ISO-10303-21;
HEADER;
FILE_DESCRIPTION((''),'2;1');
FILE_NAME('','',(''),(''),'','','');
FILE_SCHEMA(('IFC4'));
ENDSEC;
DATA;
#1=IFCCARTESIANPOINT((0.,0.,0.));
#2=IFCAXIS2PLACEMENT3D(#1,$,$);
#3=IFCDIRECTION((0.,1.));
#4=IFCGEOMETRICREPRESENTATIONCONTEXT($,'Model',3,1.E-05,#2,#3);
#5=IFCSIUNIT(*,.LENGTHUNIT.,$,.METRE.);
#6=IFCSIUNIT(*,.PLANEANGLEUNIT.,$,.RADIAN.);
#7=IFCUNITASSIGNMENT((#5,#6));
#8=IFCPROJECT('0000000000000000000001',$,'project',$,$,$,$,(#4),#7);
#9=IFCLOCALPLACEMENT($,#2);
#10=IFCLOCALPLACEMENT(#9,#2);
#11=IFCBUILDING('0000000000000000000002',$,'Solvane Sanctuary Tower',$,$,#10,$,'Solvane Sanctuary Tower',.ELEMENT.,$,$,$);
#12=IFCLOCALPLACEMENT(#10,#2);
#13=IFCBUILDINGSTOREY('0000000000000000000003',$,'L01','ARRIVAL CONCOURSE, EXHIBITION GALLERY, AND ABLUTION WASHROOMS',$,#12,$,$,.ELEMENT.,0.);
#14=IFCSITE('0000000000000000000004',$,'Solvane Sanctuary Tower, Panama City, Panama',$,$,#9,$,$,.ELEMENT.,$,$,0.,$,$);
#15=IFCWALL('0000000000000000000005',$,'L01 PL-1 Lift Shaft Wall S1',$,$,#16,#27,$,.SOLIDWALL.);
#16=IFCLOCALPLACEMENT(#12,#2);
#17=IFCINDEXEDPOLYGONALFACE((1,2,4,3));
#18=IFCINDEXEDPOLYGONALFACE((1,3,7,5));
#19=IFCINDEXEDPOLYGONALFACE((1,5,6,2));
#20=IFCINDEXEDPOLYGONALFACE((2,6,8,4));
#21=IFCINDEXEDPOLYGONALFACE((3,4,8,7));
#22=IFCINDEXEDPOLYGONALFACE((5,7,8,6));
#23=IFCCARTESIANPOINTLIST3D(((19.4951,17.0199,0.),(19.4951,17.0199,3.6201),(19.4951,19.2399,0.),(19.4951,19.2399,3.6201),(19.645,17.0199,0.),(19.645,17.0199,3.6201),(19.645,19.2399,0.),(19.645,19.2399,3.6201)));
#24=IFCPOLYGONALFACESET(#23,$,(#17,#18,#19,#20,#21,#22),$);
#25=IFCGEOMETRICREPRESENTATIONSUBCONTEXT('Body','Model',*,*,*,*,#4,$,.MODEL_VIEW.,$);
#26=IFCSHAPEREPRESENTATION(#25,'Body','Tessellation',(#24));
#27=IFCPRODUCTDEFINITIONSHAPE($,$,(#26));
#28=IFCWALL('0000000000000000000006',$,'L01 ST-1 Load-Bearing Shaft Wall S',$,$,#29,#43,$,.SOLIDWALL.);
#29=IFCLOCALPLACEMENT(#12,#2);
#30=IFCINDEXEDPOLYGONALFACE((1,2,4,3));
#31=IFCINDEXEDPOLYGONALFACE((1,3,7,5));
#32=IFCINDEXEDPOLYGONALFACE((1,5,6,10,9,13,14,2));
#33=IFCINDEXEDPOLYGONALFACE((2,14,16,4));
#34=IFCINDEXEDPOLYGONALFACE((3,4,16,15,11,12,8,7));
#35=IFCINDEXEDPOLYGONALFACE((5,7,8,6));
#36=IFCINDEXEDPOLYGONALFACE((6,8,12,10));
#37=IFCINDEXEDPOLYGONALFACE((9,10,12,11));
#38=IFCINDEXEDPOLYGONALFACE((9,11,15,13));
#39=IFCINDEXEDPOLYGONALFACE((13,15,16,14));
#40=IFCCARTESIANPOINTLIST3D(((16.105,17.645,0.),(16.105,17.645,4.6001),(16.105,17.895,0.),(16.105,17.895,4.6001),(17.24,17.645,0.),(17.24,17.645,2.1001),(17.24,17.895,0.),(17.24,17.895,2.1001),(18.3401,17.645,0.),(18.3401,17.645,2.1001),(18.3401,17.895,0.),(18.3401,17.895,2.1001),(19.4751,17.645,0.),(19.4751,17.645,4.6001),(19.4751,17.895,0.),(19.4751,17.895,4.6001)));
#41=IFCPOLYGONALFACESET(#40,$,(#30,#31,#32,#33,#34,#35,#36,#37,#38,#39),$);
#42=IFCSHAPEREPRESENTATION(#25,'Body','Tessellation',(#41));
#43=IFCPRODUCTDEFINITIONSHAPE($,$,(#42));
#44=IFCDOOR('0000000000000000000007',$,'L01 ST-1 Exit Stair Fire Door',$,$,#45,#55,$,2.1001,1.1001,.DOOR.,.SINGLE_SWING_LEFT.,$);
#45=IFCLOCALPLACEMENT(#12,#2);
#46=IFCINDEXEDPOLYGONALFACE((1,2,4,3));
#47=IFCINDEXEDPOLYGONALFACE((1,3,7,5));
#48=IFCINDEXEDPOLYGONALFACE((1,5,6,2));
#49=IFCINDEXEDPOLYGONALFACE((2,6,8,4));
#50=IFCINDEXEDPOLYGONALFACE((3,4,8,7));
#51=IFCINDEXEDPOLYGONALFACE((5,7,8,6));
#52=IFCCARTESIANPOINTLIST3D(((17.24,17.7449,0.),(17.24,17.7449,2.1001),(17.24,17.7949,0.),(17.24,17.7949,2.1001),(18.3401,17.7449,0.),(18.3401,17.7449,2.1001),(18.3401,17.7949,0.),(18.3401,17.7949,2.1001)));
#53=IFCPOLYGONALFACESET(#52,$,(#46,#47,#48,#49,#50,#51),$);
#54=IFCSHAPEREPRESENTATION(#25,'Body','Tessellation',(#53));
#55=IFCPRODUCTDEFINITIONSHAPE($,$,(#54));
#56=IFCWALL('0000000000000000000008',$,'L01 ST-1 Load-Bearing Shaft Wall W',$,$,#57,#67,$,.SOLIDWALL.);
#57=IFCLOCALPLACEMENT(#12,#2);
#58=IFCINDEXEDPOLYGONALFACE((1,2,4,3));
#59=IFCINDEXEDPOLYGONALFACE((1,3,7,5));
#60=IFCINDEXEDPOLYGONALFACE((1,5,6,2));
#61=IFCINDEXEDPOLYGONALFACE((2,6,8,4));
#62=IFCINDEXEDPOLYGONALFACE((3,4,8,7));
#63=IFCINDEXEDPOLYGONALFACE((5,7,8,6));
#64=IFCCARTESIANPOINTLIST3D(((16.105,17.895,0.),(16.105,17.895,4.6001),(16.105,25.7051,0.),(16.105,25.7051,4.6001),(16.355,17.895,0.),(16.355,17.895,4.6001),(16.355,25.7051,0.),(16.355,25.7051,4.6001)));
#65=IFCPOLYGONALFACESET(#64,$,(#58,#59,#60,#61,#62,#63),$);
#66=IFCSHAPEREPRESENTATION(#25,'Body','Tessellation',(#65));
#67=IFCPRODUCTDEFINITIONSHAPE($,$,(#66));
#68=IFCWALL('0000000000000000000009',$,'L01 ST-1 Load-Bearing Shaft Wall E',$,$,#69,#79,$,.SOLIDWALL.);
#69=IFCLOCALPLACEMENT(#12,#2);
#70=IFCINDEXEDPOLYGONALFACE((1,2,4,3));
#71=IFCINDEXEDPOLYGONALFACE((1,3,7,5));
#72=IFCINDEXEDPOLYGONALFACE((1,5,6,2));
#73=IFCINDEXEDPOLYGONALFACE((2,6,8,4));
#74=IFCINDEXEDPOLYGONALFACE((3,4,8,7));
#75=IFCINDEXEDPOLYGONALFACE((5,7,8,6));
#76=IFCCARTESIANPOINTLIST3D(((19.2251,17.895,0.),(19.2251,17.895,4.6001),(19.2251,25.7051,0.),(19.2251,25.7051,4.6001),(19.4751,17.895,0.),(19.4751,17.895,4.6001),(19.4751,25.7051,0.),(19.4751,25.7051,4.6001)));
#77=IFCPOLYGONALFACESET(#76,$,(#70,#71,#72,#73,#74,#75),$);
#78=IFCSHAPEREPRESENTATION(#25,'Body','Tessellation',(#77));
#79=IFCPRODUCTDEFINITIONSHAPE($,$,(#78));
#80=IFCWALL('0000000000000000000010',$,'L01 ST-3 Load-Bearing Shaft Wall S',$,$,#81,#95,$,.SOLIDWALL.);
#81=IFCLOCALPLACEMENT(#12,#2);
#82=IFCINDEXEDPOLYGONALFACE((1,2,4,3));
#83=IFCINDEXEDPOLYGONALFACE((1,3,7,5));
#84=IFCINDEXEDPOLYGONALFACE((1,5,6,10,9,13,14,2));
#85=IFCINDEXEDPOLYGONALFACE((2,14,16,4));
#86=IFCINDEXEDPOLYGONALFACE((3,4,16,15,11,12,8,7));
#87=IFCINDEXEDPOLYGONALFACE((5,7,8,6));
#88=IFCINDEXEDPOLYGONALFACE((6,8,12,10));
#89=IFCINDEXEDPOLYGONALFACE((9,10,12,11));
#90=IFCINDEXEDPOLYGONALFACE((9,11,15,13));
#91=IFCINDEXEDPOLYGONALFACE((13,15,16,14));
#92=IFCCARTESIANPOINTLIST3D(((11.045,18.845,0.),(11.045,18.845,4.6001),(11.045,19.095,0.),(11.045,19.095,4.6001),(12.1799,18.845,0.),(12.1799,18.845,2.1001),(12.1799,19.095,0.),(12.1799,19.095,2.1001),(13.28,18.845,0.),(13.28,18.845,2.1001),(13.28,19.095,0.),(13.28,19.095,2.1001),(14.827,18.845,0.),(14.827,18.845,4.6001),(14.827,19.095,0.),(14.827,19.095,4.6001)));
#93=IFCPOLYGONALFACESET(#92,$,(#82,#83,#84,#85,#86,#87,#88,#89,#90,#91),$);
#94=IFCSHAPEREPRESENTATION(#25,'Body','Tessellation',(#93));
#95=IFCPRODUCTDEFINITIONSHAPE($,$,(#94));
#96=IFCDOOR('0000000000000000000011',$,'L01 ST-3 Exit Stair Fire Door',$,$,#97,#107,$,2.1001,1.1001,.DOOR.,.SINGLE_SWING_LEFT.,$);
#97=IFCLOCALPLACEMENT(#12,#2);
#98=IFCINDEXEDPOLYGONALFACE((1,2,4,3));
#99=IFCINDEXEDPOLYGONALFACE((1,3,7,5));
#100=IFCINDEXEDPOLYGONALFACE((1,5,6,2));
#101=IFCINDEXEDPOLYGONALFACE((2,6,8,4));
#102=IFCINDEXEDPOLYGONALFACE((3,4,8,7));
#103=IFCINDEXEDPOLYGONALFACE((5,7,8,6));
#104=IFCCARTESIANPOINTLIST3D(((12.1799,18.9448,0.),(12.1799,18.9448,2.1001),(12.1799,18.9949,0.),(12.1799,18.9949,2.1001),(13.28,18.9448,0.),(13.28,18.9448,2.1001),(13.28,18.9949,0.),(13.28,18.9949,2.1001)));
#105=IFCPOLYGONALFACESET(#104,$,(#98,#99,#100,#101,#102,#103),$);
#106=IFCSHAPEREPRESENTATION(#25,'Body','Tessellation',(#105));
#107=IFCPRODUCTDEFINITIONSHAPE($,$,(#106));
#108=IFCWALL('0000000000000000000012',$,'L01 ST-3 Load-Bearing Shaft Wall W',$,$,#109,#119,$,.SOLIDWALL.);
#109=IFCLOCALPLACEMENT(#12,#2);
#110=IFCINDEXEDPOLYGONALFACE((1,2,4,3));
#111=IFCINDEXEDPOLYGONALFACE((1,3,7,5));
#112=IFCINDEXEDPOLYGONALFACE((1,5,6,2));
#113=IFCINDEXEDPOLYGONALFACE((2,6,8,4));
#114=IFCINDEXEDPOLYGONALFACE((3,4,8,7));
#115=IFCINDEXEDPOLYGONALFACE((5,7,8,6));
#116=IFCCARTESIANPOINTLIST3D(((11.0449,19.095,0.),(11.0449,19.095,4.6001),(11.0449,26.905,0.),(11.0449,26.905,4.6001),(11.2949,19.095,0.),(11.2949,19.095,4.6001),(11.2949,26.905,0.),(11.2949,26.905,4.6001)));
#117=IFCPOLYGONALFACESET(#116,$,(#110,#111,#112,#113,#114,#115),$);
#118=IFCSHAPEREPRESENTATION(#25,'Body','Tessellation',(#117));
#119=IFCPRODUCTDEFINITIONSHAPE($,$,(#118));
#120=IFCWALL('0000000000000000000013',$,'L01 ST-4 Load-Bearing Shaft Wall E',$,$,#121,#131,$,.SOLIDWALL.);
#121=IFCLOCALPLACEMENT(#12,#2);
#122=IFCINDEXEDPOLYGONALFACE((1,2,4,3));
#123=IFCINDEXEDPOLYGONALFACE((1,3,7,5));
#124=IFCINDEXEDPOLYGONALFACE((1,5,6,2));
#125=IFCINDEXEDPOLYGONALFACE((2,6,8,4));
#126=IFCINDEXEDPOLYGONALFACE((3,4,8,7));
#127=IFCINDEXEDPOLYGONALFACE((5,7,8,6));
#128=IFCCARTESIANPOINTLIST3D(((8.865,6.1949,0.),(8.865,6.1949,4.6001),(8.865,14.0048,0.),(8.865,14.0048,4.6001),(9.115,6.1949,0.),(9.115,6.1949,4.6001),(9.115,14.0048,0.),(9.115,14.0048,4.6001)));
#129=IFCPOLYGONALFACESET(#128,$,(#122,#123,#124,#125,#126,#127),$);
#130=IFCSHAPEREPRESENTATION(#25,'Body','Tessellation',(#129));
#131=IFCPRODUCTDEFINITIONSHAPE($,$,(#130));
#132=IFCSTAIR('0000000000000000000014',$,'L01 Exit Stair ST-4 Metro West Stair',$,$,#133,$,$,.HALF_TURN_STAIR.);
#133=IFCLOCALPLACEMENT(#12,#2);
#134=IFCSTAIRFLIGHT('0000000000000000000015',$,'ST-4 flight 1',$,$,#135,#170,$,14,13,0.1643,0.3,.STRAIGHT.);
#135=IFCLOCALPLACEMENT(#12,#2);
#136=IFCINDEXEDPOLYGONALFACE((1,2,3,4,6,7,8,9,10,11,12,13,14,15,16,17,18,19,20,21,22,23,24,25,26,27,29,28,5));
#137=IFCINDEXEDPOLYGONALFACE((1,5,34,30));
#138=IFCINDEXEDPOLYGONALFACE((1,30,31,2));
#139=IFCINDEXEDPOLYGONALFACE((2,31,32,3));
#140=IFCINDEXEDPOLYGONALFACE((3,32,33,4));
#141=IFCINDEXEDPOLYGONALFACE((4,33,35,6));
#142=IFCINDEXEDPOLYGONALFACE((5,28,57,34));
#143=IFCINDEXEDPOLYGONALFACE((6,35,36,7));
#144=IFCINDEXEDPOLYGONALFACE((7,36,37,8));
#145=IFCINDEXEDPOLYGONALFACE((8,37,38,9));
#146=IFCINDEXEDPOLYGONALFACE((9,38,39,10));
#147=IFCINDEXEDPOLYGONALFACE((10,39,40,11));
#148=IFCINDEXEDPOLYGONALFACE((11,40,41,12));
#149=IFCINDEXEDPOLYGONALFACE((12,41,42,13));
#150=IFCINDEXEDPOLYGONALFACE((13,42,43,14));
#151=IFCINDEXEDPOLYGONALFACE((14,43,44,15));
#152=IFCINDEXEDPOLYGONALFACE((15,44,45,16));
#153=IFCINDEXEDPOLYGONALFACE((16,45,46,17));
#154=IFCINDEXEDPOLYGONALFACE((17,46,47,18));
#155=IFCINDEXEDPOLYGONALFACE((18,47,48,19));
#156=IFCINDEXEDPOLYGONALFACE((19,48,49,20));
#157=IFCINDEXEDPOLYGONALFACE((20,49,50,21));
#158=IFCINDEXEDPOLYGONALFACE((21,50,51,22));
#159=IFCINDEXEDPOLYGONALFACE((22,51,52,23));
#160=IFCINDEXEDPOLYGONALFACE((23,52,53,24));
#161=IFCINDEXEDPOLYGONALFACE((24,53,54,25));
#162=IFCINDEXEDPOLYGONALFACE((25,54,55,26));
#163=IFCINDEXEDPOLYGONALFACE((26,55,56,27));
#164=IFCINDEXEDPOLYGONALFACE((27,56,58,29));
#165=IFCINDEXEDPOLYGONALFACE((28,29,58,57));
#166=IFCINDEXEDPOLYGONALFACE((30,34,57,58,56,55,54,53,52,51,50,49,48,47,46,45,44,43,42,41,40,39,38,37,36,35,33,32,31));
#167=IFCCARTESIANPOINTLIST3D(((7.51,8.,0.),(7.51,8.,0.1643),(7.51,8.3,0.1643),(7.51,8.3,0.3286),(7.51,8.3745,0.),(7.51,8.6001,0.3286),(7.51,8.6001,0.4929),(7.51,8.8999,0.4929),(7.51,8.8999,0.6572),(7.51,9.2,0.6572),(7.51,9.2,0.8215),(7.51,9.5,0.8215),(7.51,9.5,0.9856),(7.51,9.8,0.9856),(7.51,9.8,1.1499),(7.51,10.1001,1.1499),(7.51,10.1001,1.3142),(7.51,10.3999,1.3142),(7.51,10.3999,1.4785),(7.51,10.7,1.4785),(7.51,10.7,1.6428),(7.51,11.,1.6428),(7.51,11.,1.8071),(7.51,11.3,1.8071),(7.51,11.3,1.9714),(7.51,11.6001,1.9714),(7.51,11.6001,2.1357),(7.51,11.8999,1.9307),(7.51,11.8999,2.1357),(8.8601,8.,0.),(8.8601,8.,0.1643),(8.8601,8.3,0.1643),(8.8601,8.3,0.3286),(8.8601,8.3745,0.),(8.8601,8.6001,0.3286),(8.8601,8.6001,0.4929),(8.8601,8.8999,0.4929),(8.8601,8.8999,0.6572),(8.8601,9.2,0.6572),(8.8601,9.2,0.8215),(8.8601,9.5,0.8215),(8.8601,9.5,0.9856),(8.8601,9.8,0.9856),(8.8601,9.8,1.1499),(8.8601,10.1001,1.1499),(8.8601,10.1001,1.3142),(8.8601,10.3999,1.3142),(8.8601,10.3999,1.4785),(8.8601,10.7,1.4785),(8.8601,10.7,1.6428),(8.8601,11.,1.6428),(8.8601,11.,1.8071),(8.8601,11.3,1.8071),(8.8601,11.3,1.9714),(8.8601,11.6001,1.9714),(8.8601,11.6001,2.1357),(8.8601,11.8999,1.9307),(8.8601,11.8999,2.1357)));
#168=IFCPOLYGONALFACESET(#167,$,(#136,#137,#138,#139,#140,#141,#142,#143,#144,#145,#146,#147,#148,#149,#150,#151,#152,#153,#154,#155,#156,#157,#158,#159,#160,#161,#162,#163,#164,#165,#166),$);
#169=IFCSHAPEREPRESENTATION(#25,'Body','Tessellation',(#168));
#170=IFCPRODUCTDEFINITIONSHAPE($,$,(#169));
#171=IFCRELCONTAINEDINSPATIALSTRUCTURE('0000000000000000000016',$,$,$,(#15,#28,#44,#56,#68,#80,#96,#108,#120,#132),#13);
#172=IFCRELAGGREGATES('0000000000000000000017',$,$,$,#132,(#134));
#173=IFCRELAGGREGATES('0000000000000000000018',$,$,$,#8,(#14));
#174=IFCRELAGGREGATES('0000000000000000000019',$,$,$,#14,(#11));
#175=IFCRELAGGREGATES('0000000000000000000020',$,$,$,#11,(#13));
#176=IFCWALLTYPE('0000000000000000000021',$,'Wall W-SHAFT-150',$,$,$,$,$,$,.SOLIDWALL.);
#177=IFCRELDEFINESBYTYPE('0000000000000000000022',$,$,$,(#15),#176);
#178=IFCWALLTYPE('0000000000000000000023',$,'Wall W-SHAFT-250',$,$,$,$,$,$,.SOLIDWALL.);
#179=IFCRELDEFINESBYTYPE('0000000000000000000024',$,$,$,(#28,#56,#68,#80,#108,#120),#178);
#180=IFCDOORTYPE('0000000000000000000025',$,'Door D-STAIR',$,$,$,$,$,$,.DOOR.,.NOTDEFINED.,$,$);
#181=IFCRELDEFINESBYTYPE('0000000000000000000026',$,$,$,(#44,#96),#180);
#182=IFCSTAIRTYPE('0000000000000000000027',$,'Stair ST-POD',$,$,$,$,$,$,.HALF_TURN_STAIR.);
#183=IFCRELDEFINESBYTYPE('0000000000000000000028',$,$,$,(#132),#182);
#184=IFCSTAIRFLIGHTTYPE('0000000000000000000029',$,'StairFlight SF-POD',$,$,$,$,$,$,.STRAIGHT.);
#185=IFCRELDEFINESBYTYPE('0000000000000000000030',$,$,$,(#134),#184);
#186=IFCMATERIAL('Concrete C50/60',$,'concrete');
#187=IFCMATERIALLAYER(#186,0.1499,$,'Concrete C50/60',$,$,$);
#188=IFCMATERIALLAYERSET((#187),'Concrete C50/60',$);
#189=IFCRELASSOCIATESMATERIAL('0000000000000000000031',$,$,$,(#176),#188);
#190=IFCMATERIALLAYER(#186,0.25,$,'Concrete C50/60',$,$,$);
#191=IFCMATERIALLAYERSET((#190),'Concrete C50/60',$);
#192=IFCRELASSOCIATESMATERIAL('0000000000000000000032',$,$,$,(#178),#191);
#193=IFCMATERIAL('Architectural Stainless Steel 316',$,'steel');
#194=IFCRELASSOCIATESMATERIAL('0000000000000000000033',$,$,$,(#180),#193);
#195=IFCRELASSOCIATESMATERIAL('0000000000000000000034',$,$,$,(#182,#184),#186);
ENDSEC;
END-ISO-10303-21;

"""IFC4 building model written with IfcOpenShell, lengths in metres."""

from ifc_helpers import new_model, si_unit, direction, frame, frame_2d, origin, place, context, subcontext, project, spatial, polyline, rectangle, outline, extrude, material, layer, layer_set, type_object, element, fill, aggregate, save


model = new_model("IFC4")

# Units and contexts
model_context = context("Model", 3, precision=1e-05, world=origin(), true_north=direction((0.0, 1.0)))
body_context = subcontext(model_context, "Body", "Model", "MODEL_VIEW")
ifc_project = project(units=[si_unit("LENGTHUNIT", "METRE"), si_unit("PLANEANGLEUNIT", "RADIAN")], contexts=[model_context])

# Site, building, storey
site_placement = place(None, origin())
site = spatial("IfcSite", under=ifc_project, at=site_placement, Name="Solvane Sanctuary Tower, Panama City, Panama", CompositionType="ELEMENT", RefElevation=0.0)
building_placement = place(site_placement, origin())
building = spatial("IfcBuilding", under=site, at=building_placement, Name="Solvane Sanctuary Tower", LongName="Solvane Sanctuary Tower", CompositionType="ELEMENT")
storey_placement = place(building_placement, origin())
storey = spatial("IfcBuildingStorey", under=building, at=storey_placement, Name="L01", Description="ARRIVAL CONCOURSE, EXHIBITION GALLERY, AND ABLUTION WASHROOMS", CompositionType="ELEMENT", Elevation=0.0)

# Shared definitions
ifc_material_1 = material(Name="Architectural Stainless Steel 316", Category="steel")

# Wall
ifc_material_2 = material(Name="Concrete C50/60", Category="concrete")
ifc_layer_1 = layer(ifc_material_2, 0.1499, Name="Concrete C50/60")
ifc_layer_set_1 = layer_set([ifc_layer_1], Name="Concrete C50/60")
wall_type_1 = type_object("IfcWallType", Name="Wall W-SHAFT-150", PredefinedType="SOLIDWALL", material=ifc_layer_set_1)
wall_1_placement = place(storey_placement, frame((19.5701, 17.02, 0.0), z_axis=(0.0, 0.0, 1.0), x_axis=(0.0, 1.0, 0.0)))
element("IfcWall", 1, at=wall_1_placement, inside=storey, type_object=wall_type_1, Name="L01 PL-1 Lift Shaft Wall S1", PredefinedType="SOLIDWALL", context=body_context, shape_type="SweptSolid", body=[
    extrude(rectangle(XDim=2.22, YDim=0.1499, at=frame_2d((1.1099, 0.0))), origin(), (0.0, 0.0, 1.0), 3.6201),
])

# Wall, opening, door
ifc_layer_2 = layer(ifc_material_2, 0.25, Name="Concrete C50/60")
ifc_layer_set_2 = layer_set([ifc_layer_2], Name="Concrete C50/60")
wall_type_2 = type_object("IfcWallType", Name="Wall W-SHAFT-250", PredefinedType="SOLIDWALL", material=ifc_layer_set_2)
wall_2_placement = place(storey_placement, frame((16.105, 17.77, 0.0), z_axis=(0.0, 0.0, 1.0), x_axis=(1.0, 0.0, 0.0)))
wall_2 = element("IfcWall", 2, at=wall_2_placement, inside=storey, type_object=wall_type_2, Name="L01 ST-1 Load-Bearing Shaft Wall S", PredefinedType="SOLIDWALL", context=body_context, shape_type="SweptSolid", body=[
    extrude(rectangle(XDim=3.3701, YDim=0.25, at=frame_2d((1.6851, 0.0))), origin(), (0.0, 0.0, 1.0), 4.6001),
])
opening_1_placement = place(wall_2_placement, frame((1.135, 0.0, 0.0)))
opening_1 = element("IfcOpeningElement", 3, at=opening_1_placement, cuts=wall_2, PredefinedType="OPENING", context=body_context, shape_type="SweptSolid", body=[
    extrude(rectangle(XDim=1.1001, YDim=2.1001, at=frame_2d((0.55, 1.05))), frame((0.0, 0.135, 0.0), z_axis=(0.0, -1.0, 0.0), x_axis=(1.0, 0.0, 0.0)), (0.0, 0.0, 1.0), 0.27),
])
door_type_1 = type_object("IfcDoorType", Name="Door D-STAIR", OperationType="NOTDEFINED", PredefinedType="DOOR", material=ifc_material_1)
door_1_placement = place(opening_1_placement, origin())
door_1 = element("IfcDoor", 4, at=door_1_placement, inside=storey, type_object=door_type_1, Name="L01 ST-1 Exit Stair Fire Door", OperationType="SINGLE_SWING_LEFT", OverallHeight=2.1001, OverallWidth=1.1001, PredefinedType="DOOR", context=body_context, shape_type="SweptSolid", body=[
    extrude(rectangle(XDim=1.1001, YDim=2.1001, at=frame_2d((0.55, 1.05))), frame((0.0, 0.0249, 0.0), z_axis=(0.0, -1.0, 0.0), x_axis=(1.0, 0.0, 0.0)), (0.0, 0.0, 1.0), 0.05),
])
fill(opening_1, door_1)

# Walls
for number, where, z_axis, x_axis, name in (
    (5, (16.23, 17.895, 0.0), (0.0, 0.0, 1.0), (0.0, 1.0, 0.0), "L01 ST-1 Load-Bearing Shaft Wall W"),
    (6, (19.3501, 17.895, 0.0), (0.0, 0.0, 1.0), (0.0, 1.0, 0.0), "L01 ST-1 Load-Bearing Shaft Wall E"),
):
    element("IfcWall", number, at=place(storey_placement, frame(where, z_axis=z_axis, x_axis=x_axis)), inside=storey, type_object=wall_type_2, Name=name, PredefinedType="SOLIDWALL", context=body_context, shape_type="SweptSolid", body=[
        extrude(rectangle(XDim=7.8101, YDim=0.25, at=frame_2d((3.905, 0.0))), origin(), (0.0, 0.0, 1.0), 4.6001),
    ])

# Wall, opening, door
wall_3_placement = place(storey_placement, frame((11.0449, 18.97, 0.0), z_axis=(0.0, 0.0, 1.0), x_axis=(1.0, 0.0, 0.0)))
wall_3 = element("IfcWall", 7, at=wall_3_placement, inside=storey, type_object=wall_type_2, Name="L01 ST-3 Load-Bearing Shaft Wall S", PredefinedType="SOLIDWALL", context=body_context, shape_type="SweptSolid", body=[
    extrude(rectangle(XDim=3.782, YDim=0.25, at=frame_2d((1.8911, 0.0))), origin(), (0.0, 0.0, 1.0), 4.6001),
])
opening_2_placement = place(wall_3_placement, frame((1.135, 0.0, 0.0)))
opening_2 = element("IfcOpeningElement", 8, at=opening_2_placement, cuts=wall_3, PredefinedType="OPENING", context=body_context, shape_type="SweptSolid", body=[
    extrude(rectangle(XDim=1.1001, YDim=2.1001, at=frame_2d((0.55, 1.05))), frame((0.0, 0.135, 0.0), z_axis=(0.0, -1.0, 0.0), x_axis=(1.0, 0.0, 0.0)), (0.0, 0.0, 1.0), 0.27),
])
door_2_placement = place(opening_2_placement, origin())
door_2 = element("IfcDoor", 9, at=door_2_placement, inside=storey, type_object=door_type_1, Name="L01 ST-3 Exit Stair Fire Door", OperationType="SINGLE_SWING_LEFT", OverallHeight=2.1001, OverallWidth=1.1001, PredefinedType="DOOR", context=body_context, shape_type="SweptSolid", body=[
    extrude(rectangle(XDim=1.1001, YDim=2.1001, at=frame_2d((0.55, 1.05))), frame((0.0, 0.0249, 0.0), z_axis=(0.0, -1.0, 0.0), x_axis=(1.0, 0.0, 0.0)), (0.0, 0.0, 1.0), 0.05),
])
fill(opening_2, door_2)

# Walls
wall_4_placement = place(storey_placement, frame((11.1699, 19.095, 0.0), z_axis=(0.0, 0.0, 1.0), x_axis=(0.0, 1.0, 0.0)))
element("IfcWall", 10, at=wall_4_placement, inside=storey, type_object=wall_type_2, Name="L01 ST-3 Load-Bearing Shaft Wall W", PredefinedType="SOLIDWALL", context=body_context, shape_type="SweptSolid", body=[
    extrude(rectangle(XDim=7.8101, YDim=0.25, at=frame_2d((3.905, 0.0))), origin(), (0.0, 0.0, 1.0), 4.6001),
])
wall_5_placement = place(storey_placement, frame((8.99, 6.1951, 0.0), z_axis=(0.0, 0.0, 1.0), x_axis=(0.0, 1.0, 0.0)))
element("IfcWall", 11, at=wall_5_placement, inside=storey, type_object=wall_type_2, Name="L01 ST-4 Load-Bearing Shaft Wall E", PredefinedType="SOLIDWALL", context=body_context, shape_type="SweptSolid", body=[
    extrude(rectangle(XDim=7.8098, YDim=0.25, at=frame_2d((3.9048, 0.0))), origin(), (0.0, 0.0, 1.0), 4.6001),
])

# Stair, stair flight
stair_type = type_object("IfcStairType", Name="Stair ST-POD", PredefinedType="HALF_TURN_STAIR", material=ifc_material_2)
stair_placement = place(storey_placement, origin())
stair = element("IfcStair", 12, at=stair_placement, inside=storey, type_object=stair_type, Name="L01 Exit Stair ST-4 Metro West Stair", PredefinedType="HALF_TURN_STAIR")
stair_flight_type = type_object("IfcStairFlightType", Name="StairFlight SF-POD", PredefinedType="STRAIGHT", material=ifc_material_2)
stair_flight_placement = place(storey_placement, frame((8.1851, 8.0, 0.0), z_axis=(0.0, 0.0, 1.0), x_axis=(0.0, 1.0, 0.0)))
stair_flight = element("IfcStairFlight", 13, at=stair_flight_placement, type_object=stair_flight_type, Name="ST-4 flight 1", NumberOfRisers=14, NumberOfTreads=13, PredefinedType="STRAIGHT", RiserHeight=0.1643, TreadLength=0.3, context=body_context, shape_type="SweptSolid", body=[
    extrude(outline(polyline([(0.0, 0.0), (0.0, 0.1643), (0.3, 0.1643), (0.3, 0.3286), (0.6001, 0.3286), (0.6001, 0.4929), (0.8999, 0.4929), (0.8999, 0.6572), (1.2, 0.6572), (1.2, 0.8215), (1.5, 0.8215), (1.5, 0.9856), (1.8, 0.9856), (1.8, 1.1499), (2.1001, 1.1499), (2.1001, 1.3142), (2.3999, 1.3142), (2.3999, 1.4785), (2.7, 1.4785), (2.7, 1.6428), (3.0, 1.6428), (3.0, 1.8071), (3.3, 1.8071), (3.3, 1.9714), (3.6001, 1.9714), (3.6001, 2.1357), (3.8999, 2.1357), (3.8999, 2.3), (3.8999, 1.9307), (0.3745, 0.0), (0.0, 0.0)])), frame((0.0, 0.675, 0.0), z_axis=(0.0, -1.0, 0.0), x_axis=(1.0, 0.0, 0.0)), (0.0, 0.0, 1.0), 1.3501),
])
aggregate(stair, [stair_flight])

save(model, "model.ifc")
